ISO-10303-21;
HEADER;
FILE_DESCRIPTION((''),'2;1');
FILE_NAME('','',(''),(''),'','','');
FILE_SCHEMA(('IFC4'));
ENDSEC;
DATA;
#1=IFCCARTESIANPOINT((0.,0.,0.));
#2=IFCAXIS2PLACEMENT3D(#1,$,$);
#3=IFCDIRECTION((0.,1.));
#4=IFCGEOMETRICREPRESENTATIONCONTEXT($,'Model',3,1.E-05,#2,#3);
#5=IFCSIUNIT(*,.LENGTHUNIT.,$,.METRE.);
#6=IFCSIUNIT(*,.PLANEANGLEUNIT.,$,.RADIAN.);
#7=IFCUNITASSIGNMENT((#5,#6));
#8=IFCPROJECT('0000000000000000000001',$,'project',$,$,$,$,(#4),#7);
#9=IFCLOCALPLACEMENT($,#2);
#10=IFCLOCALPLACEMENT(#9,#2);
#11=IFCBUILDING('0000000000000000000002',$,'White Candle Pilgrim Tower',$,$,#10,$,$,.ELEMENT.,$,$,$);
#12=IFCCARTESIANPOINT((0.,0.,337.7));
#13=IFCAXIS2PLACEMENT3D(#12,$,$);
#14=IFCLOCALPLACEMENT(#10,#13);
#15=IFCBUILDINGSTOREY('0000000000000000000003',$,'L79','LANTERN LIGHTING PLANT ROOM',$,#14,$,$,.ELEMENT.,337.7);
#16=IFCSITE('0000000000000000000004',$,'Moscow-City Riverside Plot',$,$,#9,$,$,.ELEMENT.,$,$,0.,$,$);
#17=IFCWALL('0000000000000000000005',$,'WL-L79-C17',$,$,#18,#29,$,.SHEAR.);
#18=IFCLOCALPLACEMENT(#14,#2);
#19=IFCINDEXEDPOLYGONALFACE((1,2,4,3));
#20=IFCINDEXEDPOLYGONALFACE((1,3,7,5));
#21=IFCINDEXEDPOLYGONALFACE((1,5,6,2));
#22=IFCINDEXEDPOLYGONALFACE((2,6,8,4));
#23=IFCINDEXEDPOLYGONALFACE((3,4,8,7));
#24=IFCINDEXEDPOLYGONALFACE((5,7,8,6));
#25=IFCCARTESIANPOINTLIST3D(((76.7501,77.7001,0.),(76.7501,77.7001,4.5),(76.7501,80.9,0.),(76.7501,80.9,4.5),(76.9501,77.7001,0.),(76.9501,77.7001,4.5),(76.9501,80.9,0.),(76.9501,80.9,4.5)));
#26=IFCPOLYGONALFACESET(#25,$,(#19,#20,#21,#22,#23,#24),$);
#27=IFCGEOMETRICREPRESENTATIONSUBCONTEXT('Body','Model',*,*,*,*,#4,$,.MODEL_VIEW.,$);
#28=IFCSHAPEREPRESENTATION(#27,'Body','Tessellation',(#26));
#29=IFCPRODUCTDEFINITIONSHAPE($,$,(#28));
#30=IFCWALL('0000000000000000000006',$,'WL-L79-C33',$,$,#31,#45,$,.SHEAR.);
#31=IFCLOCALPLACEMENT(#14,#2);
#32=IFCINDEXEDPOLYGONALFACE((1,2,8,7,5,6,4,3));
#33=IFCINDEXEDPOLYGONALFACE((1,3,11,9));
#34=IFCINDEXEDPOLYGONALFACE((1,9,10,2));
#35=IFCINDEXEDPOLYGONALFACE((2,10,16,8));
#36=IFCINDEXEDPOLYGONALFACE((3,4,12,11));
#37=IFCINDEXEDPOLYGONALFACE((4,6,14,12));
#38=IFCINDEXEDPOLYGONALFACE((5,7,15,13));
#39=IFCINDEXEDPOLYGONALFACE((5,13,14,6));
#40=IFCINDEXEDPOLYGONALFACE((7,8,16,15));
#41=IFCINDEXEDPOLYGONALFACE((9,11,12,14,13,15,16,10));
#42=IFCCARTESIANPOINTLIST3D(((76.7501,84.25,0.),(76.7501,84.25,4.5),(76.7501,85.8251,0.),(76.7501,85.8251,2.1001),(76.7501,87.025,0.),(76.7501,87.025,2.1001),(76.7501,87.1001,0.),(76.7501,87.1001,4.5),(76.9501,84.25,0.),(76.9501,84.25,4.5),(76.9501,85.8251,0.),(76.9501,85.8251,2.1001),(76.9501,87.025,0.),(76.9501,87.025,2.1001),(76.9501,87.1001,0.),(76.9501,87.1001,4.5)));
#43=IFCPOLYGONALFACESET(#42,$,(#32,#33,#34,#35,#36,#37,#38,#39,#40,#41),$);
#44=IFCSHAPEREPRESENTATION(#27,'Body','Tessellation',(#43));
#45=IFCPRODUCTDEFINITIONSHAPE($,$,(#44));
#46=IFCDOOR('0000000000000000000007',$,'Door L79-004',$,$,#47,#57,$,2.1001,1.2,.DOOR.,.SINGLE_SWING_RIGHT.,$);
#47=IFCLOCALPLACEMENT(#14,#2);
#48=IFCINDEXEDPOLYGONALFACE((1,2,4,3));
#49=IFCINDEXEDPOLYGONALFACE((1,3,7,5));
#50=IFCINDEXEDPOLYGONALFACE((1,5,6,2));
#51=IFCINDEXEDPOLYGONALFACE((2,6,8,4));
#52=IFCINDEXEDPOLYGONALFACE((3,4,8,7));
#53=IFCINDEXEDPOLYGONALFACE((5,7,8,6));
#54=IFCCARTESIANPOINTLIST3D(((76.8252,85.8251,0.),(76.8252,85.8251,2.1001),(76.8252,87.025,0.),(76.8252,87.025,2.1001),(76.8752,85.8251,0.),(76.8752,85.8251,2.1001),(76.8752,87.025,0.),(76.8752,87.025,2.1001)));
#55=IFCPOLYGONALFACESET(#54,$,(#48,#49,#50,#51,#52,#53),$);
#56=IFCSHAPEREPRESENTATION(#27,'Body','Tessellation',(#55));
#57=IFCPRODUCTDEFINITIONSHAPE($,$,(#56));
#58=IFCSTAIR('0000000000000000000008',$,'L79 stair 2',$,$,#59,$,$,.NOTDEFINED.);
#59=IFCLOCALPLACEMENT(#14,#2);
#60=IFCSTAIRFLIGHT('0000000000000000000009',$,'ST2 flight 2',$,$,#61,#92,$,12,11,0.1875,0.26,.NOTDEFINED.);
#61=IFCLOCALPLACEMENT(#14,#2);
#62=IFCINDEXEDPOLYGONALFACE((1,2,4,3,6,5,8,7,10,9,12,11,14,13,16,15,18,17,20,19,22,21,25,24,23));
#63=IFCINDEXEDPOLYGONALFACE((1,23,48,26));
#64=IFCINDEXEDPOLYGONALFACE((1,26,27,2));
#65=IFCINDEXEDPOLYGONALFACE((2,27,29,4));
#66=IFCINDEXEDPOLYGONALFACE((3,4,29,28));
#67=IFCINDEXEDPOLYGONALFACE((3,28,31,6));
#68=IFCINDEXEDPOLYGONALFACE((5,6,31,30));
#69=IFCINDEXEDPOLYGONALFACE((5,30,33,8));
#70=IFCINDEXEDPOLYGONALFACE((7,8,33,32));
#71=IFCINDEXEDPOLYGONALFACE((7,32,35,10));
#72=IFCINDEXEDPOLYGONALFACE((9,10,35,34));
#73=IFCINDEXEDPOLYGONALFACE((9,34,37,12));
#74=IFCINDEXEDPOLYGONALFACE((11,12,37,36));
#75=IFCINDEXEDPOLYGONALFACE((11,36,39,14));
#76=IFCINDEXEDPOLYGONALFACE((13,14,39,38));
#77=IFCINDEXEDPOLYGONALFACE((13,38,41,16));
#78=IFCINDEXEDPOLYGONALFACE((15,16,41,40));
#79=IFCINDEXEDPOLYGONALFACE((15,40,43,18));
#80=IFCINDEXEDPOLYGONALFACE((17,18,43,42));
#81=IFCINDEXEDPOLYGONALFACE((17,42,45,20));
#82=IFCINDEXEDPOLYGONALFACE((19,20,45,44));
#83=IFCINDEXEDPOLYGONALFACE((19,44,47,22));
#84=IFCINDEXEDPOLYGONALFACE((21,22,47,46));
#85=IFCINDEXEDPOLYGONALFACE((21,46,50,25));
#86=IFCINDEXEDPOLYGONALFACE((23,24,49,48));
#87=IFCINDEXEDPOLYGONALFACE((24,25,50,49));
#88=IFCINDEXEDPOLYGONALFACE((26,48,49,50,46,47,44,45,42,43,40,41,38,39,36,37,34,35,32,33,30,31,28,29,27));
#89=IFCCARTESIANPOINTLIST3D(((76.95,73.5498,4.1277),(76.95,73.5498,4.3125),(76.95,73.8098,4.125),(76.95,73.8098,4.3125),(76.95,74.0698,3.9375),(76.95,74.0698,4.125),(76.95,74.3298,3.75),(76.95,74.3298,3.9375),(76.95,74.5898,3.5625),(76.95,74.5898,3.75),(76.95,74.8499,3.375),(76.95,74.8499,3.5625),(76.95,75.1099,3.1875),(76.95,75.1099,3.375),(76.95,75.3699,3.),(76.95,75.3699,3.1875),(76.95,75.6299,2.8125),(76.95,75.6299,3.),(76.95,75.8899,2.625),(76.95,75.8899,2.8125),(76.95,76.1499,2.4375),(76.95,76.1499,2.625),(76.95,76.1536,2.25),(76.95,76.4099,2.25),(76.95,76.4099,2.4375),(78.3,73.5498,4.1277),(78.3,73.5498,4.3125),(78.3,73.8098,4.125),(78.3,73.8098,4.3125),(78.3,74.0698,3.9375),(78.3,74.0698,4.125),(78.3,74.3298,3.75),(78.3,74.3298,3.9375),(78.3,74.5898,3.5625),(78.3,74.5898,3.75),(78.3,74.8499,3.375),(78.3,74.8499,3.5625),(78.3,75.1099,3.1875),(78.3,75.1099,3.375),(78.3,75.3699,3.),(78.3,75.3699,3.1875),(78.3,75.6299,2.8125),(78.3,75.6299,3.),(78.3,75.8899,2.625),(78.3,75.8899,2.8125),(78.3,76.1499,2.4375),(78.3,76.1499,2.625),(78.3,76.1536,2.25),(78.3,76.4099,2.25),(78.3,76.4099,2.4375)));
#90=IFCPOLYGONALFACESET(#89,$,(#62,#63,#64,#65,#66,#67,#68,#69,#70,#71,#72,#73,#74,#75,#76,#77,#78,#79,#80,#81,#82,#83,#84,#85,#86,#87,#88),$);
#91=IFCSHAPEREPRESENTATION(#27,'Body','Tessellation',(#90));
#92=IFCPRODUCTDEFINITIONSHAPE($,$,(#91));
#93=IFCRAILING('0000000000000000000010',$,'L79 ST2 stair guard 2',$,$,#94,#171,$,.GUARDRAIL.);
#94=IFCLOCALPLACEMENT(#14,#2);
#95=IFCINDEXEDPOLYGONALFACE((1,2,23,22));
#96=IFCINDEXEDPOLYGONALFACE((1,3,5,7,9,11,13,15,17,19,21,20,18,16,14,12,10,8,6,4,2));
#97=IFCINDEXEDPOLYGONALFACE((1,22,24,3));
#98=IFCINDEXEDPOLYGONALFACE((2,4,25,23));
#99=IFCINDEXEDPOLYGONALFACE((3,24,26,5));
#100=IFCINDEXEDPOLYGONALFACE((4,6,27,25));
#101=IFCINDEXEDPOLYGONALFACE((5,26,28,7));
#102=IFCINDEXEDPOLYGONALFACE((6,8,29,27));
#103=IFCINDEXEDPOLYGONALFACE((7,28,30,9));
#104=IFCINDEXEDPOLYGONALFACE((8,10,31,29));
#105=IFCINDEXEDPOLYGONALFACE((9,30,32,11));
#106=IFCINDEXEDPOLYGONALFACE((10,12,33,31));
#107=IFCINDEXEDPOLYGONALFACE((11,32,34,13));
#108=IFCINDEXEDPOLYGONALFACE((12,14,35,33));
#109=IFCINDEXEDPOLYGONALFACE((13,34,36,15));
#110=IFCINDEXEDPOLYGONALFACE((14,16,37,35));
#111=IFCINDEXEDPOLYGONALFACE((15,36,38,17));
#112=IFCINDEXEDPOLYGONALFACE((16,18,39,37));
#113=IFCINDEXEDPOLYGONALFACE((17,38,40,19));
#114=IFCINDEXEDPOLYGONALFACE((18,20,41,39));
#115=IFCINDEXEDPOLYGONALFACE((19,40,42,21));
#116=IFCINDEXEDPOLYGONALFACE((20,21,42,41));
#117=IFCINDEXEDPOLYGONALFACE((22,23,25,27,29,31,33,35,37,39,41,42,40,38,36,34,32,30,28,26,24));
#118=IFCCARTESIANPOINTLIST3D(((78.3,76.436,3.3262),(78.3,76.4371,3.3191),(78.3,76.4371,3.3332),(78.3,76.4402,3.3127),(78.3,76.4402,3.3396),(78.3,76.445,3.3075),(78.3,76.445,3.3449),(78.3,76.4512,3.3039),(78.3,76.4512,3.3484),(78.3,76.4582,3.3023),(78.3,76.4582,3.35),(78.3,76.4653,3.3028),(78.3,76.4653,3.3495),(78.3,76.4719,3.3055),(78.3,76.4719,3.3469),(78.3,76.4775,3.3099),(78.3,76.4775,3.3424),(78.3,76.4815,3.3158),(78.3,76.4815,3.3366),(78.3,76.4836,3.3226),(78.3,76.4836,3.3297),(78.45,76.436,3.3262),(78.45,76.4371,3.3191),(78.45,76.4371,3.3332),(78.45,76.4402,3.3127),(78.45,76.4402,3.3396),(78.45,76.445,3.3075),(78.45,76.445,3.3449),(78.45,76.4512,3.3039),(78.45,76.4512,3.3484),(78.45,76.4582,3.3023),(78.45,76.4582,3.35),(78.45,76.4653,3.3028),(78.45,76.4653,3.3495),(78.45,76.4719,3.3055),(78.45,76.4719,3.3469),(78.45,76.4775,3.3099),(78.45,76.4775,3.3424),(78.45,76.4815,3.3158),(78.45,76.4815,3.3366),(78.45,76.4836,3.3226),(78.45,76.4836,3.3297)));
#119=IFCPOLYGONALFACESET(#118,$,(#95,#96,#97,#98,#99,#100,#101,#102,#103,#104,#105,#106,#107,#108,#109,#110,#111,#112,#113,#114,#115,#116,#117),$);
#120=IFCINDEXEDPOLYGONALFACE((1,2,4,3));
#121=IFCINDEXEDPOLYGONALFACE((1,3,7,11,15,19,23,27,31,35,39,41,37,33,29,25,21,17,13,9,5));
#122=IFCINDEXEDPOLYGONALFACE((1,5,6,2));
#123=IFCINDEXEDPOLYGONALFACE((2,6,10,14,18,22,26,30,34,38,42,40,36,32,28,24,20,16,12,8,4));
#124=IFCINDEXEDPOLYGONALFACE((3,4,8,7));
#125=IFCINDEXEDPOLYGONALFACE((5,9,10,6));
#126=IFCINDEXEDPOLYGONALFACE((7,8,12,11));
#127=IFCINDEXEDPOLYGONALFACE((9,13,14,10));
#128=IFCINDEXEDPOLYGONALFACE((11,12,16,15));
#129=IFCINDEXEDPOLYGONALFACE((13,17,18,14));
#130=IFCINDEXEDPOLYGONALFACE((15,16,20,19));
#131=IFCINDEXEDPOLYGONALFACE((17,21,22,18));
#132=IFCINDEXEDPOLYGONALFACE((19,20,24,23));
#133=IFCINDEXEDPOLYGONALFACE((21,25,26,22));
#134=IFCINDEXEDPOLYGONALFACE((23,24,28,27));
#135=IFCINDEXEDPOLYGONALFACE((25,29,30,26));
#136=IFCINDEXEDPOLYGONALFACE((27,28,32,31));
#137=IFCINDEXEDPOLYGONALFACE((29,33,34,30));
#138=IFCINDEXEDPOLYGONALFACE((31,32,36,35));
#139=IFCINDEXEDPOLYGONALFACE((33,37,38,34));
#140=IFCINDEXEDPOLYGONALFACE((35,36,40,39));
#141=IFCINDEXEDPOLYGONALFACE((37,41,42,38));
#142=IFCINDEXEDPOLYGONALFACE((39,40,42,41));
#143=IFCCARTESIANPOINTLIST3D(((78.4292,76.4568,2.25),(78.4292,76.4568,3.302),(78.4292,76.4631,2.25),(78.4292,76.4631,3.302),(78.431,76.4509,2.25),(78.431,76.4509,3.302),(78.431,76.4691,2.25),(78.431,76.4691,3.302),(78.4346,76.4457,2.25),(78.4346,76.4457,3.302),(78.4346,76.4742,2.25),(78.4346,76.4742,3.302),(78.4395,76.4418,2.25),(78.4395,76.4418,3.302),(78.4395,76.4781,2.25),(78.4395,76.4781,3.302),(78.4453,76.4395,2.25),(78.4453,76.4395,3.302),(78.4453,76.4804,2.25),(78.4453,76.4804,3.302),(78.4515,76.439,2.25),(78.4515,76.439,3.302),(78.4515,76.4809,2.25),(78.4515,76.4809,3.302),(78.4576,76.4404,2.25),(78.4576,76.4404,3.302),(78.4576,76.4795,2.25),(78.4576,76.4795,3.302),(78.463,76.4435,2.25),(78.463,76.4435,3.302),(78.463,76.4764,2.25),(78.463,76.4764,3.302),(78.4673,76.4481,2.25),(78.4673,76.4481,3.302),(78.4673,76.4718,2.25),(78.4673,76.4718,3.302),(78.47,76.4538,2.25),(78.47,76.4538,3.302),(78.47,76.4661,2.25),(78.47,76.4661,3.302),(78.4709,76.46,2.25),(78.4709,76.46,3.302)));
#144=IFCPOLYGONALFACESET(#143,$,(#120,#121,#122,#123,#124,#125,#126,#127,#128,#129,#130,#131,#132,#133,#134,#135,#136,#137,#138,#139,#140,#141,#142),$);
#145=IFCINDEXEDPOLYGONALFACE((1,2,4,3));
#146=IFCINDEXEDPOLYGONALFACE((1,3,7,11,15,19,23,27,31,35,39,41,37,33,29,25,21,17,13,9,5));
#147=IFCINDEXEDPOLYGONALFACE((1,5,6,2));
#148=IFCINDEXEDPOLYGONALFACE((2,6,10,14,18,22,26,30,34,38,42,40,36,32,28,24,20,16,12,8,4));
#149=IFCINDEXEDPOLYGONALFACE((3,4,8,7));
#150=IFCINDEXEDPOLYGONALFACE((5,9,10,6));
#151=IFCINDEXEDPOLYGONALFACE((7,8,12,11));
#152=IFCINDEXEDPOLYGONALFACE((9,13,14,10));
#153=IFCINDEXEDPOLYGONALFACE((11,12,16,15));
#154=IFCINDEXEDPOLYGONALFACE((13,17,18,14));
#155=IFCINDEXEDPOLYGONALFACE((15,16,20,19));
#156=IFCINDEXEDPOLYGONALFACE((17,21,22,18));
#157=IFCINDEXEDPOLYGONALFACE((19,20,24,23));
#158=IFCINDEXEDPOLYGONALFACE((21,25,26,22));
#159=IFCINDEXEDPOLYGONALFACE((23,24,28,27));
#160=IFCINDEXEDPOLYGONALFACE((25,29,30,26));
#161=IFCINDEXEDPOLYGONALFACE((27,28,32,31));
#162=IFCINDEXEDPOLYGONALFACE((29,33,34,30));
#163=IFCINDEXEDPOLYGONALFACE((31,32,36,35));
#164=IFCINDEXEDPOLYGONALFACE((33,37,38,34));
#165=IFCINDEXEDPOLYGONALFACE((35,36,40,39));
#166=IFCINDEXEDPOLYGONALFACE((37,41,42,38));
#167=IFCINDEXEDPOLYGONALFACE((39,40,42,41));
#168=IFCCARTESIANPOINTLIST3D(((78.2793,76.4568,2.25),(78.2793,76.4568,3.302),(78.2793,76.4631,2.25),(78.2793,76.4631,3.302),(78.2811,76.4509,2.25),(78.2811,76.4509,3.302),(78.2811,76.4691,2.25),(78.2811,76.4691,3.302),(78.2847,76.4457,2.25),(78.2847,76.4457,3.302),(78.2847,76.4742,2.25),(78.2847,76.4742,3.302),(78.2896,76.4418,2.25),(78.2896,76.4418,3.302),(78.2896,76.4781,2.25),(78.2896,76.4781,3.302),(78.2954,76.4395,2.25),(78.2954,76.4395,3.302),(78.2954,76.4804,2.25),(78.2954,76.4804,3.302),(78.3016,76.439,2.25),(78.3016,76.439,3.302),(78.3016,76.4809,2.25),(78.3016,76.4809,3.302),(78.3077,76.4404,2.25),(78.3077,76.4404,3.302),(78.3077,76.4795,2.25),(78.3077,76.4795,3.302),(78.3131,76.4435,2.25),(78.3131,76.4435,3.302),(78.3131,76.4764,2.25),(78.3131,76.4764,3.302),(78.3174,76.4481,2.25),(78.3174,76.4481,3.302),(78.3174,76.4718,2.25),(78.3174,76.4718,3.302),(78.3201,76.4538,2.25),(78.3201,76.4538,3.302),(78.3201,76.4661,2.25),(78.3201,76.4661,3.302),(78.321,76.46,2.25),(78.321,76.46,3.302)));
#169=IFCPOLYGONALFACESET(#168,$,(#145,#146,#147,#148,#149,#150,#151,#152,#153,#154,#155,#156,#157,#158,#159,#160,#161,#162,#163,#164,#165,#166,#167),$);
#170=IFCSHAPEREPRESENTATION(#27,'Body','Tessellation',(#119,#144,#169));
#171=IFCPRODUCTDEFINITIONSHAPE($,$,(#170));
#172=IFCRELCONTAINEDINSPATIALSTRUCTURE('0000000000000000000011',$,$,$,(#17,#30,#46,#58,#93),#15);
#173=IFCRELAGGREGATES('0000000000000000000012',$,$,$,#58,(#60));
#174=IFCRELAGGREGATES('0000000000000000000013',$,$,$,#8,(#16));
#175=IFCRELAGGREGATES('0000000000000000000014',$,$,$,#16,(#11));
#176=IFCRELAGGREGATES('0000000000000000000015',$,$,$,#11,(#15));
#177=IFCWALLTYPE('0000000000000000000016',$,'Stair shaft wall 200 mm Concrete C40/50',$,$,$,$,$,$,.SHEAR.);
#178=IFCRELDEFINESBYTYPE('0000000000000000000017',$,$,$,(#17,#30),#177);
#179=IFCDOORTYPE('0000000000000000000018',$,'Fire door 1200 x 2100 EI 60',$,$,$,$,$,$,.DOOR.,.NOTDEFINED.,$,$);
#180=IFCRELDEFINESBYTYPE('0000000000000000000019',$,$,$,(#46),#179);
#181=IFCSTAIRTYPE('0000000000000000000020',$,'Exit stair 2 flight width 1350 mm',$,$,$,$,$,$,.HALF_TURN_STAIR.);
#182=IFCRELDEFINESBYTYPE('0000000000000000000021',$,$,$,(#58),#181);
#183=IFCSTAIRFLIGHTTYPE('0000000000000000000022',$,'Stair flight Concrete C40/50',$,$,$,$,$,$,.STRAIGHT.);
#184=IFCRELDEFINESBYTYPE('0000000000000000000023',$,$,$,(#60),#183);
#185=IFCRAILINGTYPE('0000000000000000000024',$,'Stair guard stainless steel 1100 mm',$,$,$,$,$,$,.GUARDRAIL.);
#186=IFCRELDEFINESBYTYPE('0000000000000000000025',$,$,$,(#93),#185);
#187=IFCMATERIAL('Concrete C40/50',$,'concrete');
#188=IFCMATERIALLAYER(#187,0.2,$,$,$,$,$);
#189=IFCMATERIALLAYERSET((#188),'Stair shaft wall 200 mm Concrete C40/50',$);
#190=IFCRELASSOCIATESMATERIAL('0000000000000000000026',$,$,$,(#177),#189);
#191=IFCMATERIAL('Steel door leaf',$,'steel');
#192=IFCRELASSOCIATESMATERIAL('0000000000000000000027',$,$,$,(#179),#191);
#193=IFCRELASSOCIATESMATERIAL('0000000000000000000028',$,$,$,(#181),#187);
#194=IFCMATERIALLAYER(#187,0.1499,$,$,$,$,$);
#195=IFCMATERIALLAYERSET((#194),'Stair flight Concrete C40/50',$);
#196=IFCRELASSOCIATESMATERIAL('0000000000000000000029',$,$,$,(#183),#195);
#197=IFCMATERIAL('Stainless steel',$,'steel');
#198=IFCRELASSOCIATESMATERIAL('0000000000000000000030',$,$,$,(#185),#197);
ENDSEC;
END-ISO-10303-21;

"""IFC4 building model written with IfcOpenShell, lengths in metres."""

from ifc_helpers import new_model, si_unit, direction, frame, frame_2d, origin, origin_2d, place, context, subcontext, project, spatial, polyline, rectangle, circle, outline, extrude, material, layer, layer_set, type_object, element, fill, aggregate, save


model = new_model("IFC4")

# Units and contexts
model_context = context("Model", 3, precision=1e-05, world=origin(), true_north=direction((0.0, 1.0)))
body_context = subcontext(model_context, "Body", "Model", "MODEL_VIEW")
ifc_project = project(units=[si_unit("LENGTHUNIT", "METRE"), si_unit("PLANEANGLEUNIT", "RADIAN")], contexts=[model_context])

# Site, building, storey
site_placement = place(None, origin())
site = spatial("IfcSite", under=ifc_project, at=site_placement, Name="Moscow-City Riverside Plot", CompositionType="ELEMENT", RefElevation=0.0)
building_placement = place(site_placement, origin())
building = spatial("IfcBuilding", under=site, at=building_placement, Name="White Candle Pilgrim Tower", CompositionType="ELEMENT")
storey_placement = place(building_placement, frame((0.0, 0.0, 337.7)))
storey = spatial("IfcBuildingStorey", under=building, at=storey_placement, Name="L79", Description="LANTERN LIGHTING PLANT ROOM", CompositionType="ELEMENT", Elevation=337.7)

# Shared definitions
ifc_material_1 = material(Name="Concrete C40/50", Category="concrete")

# Shared definitions
ifc_material_2 = material(Name="Steel door leaf", Category="steel")

# Wall
ifc_layer_1 = layer(ifc_material_1, 0.2)
ifc_layer_set_1 = layer_set([ifc_layer_1], Name="Stair shaft wall 200 mm Concrete C40/50")
wall_type_1 = type_object("IfcWallType", Name="Stair shaft wall 200 mm Concrete C40/50", PredefinedType="SHEAR", material=ifc_layer_set_1)
wall_1_placement = place(storey_placement, frame((76.8501, 77.7, 0.0), z_axis=(0.0, 0.0, 1.0), x_axis=(0.0, 1.0, 0.0)))
element("IfcWall", 1, at=wall_1_placement, inside=storey, type_object=wall_type_1, Name="WL-L79-C17", PredefinedType="SHEAR", context=body_context, shape_type="SweptSolid", body=[
    extrude(rectangle(XDim=3.2, YDim=0.2, at=frame_2d((1.6001, 0.0))), origin(), (0.0, 0.0, 1.0), 4.5),
])

# Wall, opening, door
wall_2_placement = place(storey_placement, frame((76.8501, 84.25, 0.0), z_axis=(0.0, 0.0, 1.0), x_axis=(0.0, 1.0, 0.0)))
wall_2 = element("IfcWall", 2, at=wall_2_placement, inside=storey, type_object=wall_type_1, Name="WL-L79-C33", PredefinedType="SHEAR", context=body_context, shape_type="SweptSolid", body=[
    extrude(rectangle(XDim=2.8501, YDim=0.2, at=frame_2d((1.425, 0.0))), origin(), (0.0, 0.0, 1.0), 4.5),
])
opening_1_placement = place(wall_2_placement, frame((1.575, 0.0, 0.0)))
opening_1 = element("IfcOpeningElement", 3, at=opening_1_placement, cuts=wall_2, PredefinedType="OPENING", context=body_context, shape_type="SweptSolid", body=[
    extrude(rectangle(XDim=1.2, YDim=2.1001, at=frame_2d((0.6001, 1.05))), frame((0.0, 0.1099, 0.0), z_axis=(0.0, -1.0, 0.0), x_axis=(1.0, 0.0, 0.0)), (0.0, 0.0, 1.0), 0.22),
])
door_type_1 = type_object("IfcDoorType", Name="Fire door 1200 x 2100 EI 60", OperationType="NOTDEFINED", PredefinedType="DOOR", material=ifc_material_2)
door_1_placement = place(opening_1_placement, origin())
door_1 = element("IfcDoor", 4, at=door_1_placement, inside=storey, type_object=door_type_1, Name="Door L79-004", OperationType="SINGLE_SWING_RIGHT", OverallHeight=2.1001, OverallWidth=1.2, PredefinedType="DOOR", context=body_context, shape_type="SweptSolid", body=[
    extrude(rectangle(XDim=1.2, YDim=2.1001, at=frame_2d((0.6001, 1.05))), frame((0.0, 0.0249, 0.0), z_axis=(0.0, -1.0, 0.0), x_axis=(1.0, 0.0, 0.0)), (0.0, 0.0, 1.0), 0.05),
])
fill(opening_1, door_1)

# Stair, stair flight
stair_type = type_object("IfcStairType", Name="Exit stair 2 flight width 1350 mm", PredefinedType="HALF_TURN_STAIR", material=ifc_material_1)
stair_placement = place(storey_placement, origin())
stair = element("IfcStair", 5, at=stair_placement, inside=storey, type_object=stair_type, Name="L79 stair 2", PredefinedType="NOTDEFINED")
ifc_layer_2 = layer(ifc_material_1, 0.1499)
ifc_layer_set_2 = layer_set([ifc_layer_2], Name="Stair flight Concrete C40/50")
stair_flight_type = type_object("IfcStairFlightType", Name="Stair flight Concrete C40/50", PredefinedType="STRAIGHT", material=ifc_layer_set_2)
stair_flight_placement = place(storey_placement, frame((77.625, 76.4099, 2.25), z_axis=(0.0, 0.0, 1.0), x_axis=(0.0, -1.0, 0.0)))
stair_flight = element("IfcStairFlight", 6, at=stair_flight_placement, type_object=stair_flight_type, Name="ST2 flight 2", NumberOfRisers=12, NumberOfTreads=11, PredefinedType="NOTDEFINED", RiserHeight=0.1875, TreadLength=0.26, context=body_context, shape_type="SweptSolid", body=[
    extrude(outline(polyline([(0.0, 0.0), (0.0, 0.1875), (0.26, 0.1875), (0.26, 0.375), (0.52, 0.375), (0.52, 0.5625), (0.78, 0.5625), (0.78, 0.75), (1.04, 0.75), (1.04, 0.9375), (1.3, 0.9375), (1.3, 1.125), (1.5601, 1.125), (1.5601, 1.3125), (1.8201, 1.3125), (1.8201, 1.5), (2.0801, 1.5), (2.0801, 1.6875), (2.3401, 1.6875), (2.3401, 1.875), (2.6001, 1.875), (2.6001, 2.0625), (2.8601, 2.0625), (2.8601, 2.25), (2.8601, 1.8777), (0.2563, 0.0), (0.0, 0.0)])), frame((0.0, 0.675, 0.0), z_axis=(0.0, -1.0, 0.0), x_axis=(1.0, 0.0, 0.0)), (0.0, 0.0, 1.0), 1.3501),
])
aggregate(stair, [stair_flight])

# Railing
ifc_material_3 = material(Name="Stainless steel", Category="steel")
railing_type_1 = type_object("IfcRailingType", Name="Stair guard stainless steel 1100 mm", PredefinedType="GUARDRAIL", material=ifc_material_3)
railing_1_placement = place(storey_placement, frame((78.45, 76.46, 2.25)))
element("IfcRailing", 7, at=railing_1_placement, inside=storey, type_object=railing_type_1, Name="L79 ST2 stair guard 2", PredefinedType="GUARDRAIL", context=body_context, shape_type="SweptSolid", body=[
    extrude(circle(Radius=0.0239, at=origin_2d()), frame((0.0, 0.0, 1.0762), z_axis=(-1.0, 0.0, 0.0), x_axis=(0.0, -1.0, 0.0)), (0.0, 0.0, 1.0), 0.1499),
    extrude(circle(Radius=0.021, at=origin_2d()), origin(), (0.0, 0.0, 1.0), 1.052),
    extrude(circle(Radius=0.021, at=origin_2d()), frame((-0.1499, 0.0, 0.0)), (0.0, 0.0, 1.0), 1.052),
])

save(model, "model.ifc")
